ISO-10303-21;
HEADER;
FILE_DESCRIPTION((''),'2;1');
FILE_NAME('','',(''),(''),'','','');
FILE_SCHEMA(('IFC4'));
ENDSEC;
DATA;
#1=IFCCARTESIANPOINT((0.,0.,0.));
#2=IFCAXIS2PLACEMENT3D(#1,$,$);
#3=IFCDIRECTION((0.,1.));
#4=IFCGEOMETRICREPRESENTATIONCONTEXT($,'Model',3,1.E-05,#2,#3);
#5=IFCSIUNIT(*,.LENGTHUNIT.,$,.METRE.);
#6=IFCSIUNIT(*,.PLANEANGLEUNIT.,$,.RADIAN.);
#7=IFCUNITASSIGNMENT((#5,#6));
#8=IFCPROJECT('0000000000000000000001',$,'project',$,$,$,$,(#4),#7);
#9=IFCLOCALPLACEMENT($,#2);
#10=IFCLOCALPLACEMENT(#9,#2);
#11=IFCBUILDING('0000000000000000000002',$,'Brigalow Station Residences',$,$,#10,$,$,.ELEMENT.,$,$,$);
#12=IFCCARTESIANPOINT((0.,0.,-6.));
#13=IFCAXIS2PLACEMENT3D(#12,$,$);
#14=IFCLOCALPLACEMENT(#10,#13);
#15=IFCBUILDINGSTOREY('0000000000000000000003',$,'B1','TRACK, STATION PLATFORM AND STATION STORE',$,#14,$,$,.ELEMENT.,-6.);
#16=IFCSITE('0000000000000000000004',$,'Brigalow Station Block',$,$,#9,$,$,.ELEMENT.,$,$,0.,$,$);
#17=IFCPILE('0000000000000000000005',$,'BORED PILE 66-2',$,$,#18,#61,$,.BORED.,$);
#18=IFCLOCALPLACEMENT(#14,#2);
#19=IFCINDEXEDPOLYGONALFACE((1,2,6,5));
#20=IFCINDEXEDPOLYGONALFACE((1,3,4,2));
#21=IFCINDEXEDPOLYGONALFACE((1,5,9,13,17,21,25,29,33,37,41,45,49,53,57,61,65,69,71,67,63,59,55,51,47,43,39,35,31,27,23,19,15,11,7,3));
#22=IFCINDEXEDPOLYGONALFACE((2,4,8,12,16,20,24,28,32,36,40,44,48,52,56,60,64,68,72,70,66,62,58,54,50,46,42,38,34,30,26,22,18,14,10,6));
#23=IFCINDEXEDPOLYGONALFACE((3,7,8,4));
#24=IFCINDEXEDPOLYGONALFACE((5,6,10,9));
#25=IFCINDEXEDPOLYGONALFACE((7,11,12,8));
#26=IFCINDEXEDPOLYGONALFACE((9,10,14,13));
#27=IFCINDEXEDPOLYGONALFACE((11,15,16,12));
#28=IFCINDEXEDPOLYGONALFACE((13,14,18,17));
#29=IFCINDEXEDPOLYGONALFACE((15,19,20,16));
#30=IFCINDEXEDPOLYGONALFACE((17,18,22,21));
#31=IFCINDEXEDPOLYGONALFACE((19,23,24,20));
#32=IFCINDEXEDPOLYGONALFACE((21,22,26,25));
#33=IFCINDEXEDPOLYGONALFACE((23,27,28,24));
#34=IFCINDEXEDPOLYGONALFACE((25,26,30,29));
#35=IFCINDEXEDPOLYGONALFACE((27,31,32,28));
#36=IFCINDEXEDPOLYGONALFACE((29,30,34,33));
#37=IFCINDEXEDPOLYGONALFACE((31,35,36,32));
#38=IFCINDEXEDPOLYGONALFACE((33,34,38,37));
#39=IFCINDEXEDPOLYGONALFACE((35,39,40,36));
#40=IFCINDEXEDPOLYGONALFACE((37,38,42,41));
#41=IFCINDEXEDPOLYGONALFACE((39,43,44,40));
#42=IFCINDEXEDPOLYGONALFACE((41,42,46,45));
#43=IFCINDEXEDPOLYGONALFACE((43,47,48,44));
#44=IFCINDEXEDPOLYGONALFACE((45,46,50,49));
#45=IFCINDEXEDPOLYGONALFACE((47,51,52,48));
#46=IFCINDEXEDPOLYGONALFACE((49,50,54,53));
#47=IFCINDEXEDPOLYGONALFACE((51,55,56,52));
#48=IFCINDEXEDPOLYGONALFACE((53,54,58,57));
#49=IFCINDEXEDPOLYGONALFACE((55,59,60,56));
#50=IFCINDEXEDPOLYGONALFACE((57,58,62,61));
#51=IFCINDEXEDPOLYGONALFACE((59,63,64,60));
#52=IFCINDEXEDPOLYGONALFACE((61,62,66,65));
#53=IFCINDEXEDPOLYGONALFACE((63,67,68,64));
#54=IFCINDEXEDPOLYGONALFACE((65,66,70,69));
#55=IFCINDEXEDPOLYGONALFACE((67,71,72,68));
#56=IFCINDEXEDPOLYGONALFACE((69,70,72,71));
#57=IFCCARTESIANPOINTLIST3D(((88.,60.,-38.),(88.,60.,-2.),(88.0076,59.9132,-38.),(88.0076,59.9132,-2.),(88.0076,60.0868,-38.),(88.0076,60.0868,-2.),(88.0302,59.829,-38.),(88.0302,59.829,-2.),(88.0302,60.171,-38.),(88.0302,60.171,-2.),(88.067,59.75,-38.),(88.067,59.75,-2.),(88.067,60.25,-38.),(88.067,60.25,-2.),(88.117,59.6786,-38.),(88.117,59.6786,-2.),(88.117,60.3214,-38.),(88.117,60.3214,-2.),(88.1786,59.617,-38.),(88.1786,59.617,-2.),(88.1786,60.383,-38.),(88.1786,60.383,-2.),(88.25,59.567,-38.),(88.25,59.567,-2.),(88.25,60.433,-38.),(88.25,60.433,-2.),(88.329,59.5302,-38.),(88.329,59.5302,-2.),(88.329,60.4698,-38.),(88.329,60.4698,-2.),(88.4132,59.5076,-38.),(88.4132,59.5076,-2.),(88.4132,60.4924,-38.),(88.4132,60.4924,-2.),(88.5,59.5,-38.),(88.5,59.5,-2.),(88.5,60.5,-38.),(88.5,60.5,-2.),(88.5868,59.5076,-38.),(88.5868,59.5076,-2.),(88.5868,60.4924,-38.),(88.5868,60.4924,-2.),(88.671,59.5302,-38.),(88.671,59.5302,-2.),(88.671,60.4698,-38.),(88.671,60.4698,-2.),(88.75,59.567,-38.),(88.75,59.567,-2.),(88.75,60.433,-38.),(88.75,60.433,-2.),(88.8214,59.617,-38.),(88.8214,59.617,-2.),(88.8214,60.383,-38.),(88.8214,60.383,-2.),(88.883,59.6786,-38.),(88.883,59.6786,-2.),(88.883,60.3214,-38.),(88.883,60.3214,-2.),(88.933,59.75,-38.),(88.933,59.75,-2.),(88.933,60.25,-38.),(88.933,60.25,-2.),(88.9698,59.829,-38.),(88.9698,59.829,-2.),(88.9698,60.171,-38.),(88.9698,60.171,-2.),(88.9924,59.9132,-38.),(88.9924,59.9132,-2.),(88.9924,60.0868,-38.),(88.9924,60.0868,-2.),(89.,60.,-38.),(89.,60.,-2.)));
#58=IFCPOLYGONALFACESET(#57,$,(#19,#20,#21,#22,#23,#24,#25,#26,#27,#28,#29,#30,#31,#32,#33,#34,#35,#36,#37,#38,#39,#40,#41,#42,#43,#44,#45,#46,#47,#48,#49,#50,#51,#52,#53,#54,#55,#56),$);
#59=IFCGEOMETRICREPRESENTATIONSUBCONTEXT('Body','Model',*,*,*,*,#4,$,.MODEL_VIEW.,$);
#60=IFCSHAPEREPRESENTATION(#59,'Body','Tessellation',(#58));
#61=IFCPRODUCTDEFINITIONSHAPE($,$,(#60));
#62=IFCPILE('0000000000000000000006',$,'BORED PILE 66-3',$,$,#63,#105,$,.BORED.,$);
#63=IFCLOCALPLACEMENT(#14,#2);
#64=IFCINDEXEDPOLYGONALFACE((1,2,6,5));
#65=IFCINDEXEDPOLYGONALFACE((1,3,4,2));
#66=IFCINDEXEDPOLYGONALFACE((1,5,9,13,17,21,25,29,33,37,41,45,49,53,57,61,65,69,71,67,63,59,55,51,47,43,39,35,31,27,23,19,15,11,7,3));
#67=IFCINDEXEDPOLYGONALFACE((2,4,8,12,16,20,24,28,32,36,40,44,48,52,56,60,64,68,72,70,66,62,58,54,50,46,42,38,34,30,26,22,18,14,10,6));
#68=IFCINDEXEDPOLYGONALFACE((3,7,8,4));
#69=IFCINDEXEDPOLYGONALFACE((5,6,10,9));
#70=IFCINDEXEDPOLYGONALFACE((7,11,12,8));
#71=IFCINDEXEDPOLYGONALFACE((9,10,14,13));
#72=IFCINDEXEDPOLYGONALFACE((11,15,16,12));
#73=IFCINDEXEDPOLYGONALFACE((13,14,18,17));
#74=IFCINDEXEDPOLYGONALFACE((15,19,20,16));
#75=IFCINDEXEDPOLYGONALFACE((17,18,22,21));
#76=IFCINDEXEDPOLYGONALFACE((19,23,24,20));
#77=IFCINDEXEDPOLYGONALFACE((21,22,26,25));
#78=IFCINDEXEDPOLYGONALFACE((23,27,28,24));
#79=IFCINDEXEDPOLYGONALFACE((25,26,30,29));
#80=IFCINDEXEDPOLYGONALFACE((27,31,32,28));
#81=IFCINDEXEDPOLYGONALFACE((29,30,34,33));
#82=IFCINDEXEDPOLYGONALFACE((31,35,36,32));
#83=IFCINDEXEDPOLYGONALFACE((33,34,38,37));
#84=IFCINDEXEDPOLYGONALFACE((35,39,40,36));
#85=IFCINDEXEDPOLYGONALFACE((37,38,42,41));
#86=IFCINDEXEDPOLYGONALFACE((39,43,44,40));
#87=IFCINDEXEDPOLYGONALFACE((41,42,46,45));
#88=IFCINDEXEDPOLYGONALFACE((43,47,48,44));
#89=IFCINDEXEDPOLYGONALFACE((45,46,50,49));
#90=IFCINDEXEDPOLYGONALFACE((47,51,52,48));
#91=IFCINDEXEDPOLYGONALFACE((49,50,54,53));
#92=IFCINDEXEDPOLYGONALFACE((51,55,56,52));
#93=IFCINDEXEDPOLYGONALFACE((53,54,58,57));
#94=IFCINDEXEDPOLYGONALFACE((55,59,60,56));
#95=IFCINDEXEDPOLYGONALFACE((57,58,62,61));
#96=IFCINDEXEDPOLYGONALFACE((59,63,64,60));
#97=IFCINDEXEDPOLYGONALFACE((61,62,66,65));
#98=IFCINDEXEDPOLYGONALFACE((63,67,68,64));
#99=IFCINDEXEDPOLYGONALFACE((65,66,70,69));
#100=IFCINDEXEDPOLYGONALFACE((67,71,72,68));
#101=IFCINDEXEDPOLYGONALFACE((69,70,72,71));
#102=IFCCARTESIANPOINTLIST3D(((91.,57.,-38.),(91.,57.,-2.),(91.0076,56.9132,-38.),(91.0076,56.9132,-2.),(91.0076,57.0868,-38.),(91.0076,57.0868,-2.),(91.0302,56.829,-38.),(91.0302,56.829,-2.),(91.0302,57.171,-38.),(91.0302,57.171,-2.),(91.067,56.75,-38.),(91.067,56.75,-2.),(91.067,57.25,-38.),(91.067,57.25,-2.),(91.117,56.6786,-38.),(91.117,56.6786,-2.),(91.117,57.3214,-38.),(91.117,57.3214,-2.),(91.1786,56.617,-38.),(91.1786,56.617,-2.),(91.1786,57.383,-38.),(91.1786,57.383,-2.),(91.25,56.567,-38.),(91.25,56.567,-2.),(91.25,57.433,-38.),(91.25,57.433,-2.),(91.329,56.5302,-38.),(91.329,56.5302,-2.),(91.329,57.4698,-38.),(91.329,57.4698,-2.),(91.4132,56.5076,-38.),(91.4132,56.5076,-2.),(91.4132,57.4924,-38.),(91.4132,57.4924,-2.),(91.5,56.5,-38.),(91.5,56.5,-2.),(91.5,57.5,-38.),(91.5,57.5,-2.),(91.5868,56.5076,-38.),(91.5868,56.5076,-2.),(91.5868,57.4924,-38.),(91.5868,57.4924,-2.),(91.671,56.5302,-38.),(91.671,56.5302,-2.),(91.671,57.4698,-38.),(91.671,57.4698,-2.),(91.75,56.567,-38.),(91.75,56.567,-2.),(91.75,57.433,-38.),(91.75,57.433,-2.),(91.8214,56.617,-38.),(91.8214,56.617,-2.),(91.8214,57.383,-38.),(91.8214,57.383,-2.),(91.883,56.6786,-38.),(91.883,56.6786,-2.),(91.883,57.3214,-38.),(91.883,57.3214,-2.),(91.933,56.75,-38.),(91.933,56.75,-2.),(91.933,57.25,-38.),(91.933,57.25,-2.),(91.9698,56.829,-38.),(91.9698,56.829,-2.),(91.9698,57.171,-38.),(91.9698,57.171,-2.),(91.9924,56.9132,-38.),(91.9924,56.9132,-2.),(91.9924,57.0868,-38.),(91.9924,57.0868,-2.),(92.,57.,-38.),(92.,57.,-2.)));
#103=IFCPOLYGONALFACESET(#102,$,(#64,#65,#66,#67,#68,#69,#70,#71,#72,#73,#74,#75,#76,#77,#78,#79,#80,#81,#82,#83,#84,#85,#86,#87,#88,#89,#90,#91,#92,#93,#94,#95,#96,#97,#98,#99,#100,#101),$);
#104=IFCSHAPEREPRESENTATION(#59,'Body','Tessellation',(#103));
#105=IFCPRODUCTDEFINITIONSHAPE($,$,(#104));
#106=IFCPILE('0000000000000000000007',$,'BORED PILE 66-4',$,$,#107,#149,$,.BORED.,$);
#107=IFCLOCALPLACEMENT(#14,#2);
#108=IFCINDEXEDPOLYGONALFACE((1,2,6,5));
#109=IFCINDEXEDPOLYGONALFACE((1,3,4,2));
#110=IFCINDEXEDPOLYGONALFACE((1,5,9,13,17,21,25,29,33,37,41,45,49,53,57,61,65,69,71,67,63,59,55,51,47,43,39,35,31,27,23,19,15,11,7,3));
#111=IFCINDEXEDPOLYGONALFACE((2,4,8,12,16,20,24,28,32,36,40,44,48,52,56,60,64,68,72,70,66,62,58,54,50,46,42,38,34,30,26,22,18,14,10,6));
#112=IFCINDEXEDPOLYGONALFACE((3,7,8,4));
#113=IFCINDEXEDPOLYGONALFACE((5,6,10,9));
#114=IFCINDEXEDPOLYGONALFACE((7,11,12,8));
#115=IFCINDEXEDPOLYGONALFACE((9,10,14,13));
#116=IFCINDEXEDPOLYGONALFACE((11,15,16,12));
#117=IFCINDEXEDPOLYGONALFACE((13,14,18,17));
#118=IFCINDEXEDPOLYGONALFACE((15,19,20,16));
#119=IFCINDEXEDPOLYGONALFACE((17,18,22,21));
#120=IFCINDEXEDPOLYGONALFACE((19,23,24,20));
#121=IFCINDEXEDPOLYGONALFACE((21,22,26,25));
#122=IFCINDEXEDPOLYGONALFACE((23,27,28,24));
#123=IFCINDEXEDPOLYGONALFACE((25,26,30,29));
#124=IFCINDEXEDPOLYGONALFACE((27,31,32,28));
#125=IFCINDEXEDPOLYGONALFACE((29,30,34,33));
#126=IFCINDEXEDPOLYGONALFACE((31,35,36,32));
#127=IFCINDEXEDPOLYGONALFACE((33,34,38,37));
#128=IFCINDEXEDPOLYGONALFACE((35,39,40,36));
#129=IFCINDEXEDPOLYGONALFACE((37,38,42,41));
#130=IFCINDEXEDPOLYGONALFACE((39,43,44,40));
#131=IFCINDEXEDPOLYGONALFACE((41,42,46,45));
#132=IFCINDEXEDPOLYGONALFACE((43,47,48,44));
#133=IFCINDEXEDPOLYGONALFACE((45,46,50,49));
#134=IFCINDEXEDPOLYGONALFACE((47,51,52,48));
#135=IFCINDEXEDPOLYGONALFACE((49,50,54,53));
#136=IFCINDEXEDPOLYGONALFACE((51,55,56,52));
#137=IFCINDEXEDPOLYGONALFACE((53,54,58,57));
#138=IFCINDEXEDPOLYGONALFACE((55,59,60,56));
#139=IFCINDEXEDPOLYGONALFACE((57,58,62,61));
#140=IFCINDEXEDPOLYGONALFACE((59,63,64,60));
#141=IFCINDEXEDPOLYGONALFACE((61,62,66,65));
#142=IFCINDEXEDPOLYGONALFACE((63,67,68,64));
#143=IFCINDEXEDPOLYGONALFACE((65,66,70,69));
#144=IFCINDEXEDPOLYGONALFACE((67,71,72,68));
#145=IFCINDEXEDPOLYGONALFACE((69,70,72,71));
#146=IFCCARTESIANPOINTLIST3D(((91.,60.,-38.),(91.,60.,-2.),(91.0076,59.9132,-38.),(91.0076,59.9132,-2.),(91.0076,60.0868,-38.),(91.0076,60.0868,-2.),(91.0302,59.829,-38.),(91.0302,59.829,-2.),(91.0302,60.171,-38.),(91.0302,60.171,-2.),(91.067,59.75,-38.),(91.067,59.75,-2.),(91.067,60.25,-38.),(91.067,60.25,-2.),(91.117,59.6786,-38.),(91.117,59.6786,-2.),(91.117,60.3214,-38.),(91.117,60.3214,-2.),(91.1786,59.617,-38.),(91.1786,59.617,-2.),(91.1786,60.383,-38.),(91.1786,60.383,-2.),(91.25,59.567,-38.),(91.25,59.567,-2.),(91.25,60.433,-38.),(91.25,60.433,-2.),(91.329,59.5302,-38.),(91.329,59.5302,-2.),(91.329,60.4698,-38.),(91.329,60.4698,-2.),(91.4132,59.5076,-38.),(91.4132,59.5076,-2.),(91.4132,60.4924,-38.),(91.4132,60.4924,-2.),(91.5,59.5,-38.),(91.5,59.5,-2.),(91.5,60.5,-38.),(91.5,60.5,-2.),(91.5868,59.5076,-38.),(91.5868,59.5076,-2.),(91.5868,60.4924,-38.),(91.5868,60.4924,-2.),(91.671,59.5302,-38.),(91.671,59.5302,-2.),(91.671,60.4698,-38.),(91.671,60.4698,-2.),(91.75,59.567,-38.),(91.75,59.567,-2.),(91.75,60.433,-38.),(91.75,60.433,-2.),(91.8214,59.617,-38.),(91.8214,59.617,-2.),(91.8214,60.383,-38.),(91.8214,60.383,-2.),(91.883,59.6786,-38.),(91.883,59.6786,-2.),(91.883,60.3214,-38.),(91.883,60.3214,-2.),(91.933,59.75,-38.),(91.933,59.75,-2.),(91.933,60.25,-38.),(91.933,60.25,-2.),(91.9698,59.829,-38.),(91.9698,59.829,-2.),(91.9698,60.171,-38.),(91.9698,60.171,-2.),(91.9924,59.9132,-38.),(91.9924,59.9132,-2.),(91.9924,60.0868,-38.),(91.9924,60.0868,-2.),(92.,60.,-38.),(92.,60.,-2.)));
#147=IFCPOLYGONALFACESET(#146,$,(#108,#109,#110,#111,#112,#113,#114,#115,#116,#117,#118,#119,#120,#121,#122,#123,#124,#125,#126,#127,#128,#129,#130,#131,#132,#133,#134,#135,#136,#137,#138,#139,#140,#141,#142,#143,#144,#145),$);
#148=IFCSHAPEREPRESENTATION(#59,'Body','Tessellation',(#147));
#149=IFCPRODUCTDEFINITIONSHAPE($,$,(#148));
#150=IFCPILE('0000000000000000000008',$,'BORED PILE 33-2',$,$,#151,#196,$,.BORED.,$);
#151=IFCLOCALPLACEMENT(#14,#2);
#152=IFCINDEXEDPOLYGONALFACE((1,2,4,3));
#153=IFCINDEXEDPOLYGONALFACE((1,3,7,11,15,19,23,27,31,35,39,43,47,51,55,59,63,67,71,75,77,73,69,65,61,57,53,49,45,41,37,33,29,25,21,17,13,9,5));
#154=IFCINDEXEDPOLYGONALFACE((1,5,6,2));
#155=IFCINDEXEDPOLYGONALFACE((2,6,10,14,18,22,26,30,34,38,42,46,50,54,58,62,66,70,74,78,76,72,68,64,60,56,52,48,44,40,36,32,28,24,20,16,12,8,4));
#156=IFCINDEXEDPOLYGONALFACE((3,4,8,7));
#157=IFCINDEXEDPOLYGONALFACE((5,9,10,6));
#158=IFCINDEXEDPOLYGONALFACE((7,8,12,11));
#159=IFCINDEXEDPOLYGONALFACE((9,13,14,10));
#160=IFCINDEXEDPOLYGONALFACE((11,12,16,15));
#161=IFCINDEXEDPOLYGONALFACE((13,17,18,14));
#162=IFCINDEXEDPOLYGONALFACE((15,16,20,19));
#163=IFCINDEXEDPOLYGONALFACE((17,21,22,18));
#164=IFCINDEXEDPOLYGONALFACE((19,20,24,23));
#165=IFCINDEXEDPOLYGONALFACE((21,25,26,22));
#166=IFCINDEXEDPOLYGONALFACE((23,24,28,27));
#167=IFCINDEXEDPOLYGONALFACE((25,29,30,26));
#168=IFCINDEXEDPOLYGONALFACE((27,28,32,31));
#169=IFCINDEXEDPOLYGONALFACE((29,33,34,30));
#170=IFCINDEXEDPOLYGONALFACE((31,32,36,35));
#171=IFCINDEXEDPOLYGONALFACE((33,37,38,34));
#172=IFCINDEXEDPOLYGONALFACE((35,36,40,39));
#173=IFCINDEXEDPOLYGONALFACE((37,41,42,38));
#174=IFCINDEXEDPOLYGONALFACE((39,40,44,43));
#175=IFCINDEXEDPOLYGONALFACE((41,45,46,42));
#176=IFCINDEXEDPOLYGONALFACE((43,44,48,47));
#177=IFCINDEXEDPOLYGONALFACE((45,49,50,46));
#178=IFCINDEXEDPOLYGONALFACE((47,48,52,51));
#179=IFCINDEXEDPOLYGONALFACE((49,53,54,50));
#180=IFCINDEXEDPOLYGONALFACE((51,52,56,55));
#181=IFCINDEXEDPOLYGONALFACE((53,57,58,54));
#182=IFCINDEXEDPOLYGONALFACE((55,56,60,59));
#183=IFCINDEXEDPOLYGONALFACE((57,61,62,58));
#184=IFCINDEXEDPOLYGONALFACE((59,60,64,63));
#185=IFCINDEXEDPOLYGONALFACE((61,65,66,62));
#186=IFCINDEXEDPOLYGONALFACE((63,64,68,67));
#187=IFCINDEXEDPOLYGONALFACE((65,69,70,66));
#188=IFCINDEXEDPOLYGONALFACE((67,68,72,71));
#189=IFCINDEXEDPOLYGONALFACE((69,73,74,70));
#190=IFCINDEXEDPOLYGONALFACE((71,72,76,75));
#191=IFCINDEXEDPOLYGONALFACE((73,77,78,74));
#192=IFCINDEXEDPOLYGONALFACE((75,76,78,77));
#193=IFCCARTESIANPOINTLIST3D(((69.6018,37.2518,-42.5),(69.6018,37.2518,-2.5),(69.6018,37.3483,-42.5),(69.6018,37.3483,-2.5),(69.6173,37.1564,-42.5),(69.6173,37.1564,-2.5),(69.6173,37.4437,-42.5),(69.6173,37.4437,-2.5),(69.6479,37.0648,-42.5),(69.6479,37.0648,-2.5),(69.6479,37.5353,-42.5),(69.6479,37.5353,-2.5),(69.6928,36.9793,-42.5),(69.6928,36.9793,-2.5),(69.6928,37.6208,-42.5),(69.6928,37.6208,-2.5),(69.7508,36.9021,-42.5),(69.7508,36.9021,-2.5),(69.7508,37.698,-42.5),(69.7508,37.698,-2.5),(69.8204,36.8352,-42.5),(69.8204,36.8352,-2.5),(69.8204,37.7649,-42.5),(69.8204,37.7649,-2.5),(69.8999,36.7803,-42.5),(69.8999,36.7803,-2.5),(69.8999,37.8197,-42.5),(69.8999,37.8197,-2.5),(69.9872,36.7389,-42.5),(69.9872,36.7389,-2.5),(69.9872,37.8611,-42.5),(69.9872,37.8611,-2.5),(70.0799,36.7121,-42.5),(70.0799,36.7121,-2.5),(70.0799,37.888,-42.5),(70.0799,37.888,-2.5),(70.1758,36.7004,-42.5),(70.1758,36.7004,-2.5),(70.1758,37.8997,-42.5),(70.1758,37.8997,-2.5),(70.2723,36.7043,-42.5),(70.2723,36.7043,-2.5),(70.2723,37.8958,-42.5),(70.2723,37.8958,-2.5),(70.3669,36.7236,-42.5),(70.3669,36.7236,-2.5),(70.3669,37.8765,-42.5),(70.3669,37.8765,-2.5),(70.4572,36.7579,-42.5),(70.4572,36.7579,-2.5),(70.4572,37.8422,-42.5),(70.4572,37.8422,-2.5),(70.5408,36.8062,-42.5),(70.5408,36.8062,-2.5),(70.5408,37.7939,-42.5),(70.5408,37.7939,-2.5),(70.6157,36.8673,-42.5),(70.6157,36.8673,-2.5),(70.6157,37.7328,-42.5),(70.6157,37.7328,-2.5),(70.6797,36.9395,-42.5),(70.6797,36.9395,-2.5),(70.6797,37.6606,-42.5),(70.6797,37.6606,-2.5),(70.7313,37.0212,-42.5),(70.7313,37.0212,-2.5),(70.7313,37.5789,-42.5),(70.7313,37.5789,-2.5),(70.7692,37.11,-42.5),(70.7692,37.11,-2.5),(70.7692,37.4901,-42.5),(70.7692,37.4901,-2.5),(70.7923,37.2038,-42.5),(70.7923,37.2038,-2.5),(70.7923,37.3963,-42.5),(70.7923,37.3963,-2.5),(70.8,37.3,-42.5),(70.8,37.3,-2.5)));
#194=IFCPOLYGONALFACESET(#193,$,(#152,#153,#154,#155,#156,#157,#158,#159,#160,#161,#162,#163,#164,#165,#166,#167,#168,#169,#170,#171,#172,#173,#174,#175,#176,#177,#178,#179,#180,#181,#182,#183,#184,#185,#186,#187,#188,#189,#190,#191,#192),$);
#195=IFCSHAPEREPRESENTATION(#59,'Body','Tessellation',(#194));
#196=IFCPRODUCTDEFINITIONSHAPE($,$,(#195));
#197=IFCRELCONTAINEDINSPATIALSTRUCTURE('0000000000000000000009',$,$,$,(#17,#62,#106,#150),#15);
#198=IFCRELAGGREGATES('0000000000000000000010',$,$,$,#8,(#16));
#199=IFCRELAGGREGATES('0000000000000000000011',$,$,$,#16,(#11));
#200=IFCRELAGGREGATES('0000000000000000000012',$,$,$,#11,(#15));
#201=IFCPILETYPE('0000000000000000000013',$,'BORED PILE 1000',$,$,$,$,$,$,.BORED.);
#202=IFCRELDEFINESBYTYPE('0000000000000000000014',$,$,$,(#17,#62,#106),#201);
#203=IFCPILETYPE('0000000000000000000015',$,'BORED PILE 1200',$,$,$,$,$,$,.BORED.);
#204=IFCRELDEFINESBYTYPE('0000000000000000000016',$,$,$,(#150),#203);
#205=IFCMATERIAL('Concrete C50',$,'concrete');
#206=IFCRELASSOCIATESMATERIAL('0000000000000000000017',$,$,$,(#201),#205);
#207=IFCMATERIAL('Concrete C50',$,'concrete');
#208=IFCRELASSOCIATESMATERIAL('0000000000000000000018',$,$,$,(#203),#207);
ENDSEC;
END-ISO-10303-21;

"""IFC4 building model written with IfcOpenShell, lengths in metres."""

from ifc_helpers import new_model, si_unit, direction, frame, origin, origin_2d, place, context, subcontext, project, spatial, circle, extrude, material, material_profile, profile_set, type_object, element, save


model = new_model("IFC4")

# Units and contexts
model_context = context("Model", 3, precision=1e-05, world=origin(), true_north=direction((0.0, 1.0)))
body_context = subcontext(model_context, "Body", "Model", "MODEL_VIEW")
ifc_project = project(units=[si_unit("LENGTHUNIT", "METRE"), si_unit("PLANEANGLEUNIT", "RADIAN")], contexts=[model_context])

# Site, building, storey
site_placement = place(None, origin())
site = spatial("IfcSite", under=ifc_project, at=site_placement, Name="Brigalow Station Block", CompositionType="ELEMENT", RefElevation=0.0)
building_placement = place(site_placement, origin())
building = spatial("IfcBuilding", under=site, at=building_placement, Name="Brigalow Station Residences", CompositionType="ELEMENT")
storey_placement = place(building_placement, frame((0.0, 0.0, -6.0)))
storey = spatial("IfcBuildingStorey", under=building, at=storey_placement, Name="B1", Description="TRACK, STATION PLATFORM AND STATION STORE", CompositionType="ELEMENT", Elevation=-6.0)

# Piles
ifc_material_1 = material(Name="Concrete C50", Category="concrete")
ifc_material_profile_1 = material_profile(ifc_material_1, circle(Radius=0.5, at=origin_2d()), Name="BP1000")
ifc_profile_set_1 = profile_set([ifc_material_profile_1], Name="Concrete C50")
pile_type_1 = type_object("IfcPileType", Name="BORED PILE 1000", PredefinedType="BORED", material=ifc_profile_set_1)
for number, where, z_axis, x_axis, name in (
    (1, (88.5, 60.0, -2.0), (0.0, 0.0, -1.0), (1.0, 0.0, 0.0), "BORED PILE 66-2"),
    (2, (91.5, 57.0, -2.0), (0.0, 0.0, -1.0), (1.0, 0.0, 0.0), "BORED PILE 66-3"),
    (3, (91.5, 60.0, -2.0), (0.0, 0.0, -1.0), (1.0, 0.0, 0.0), "BORED PILE 66-4"),
):
    element("IfcPile", number, at=place(storey_placement, frame(where, z_axis=z_axis, x_axis=x_axis)), inside=storey, type_object=pile_type_1, Name=name, PredefinedType="BORED", context=body_context, shape_type="SweptSolid", body=[
        extrude(circle(Radius=0.5, at=origin_2d()), origin(), (0.0, 0.0, 1.0), 36.0),
    ])
ifc_material_2 = material(Name="Concrete C50", Category="concrete")
ifc_material_profile_2 = material_profile(ifc_material_2, circle(Radius=0.6001, at=origin_2d()), Name="BP1200")
ifc_profile_set_2 = profile_set([ifc_material_profile_2], Name="Concrete C50")
pile_type_2 = type_object("IfcPileType", Name="BORED PILE 1200", PredefinedType="BORED", material=ifc_profile_set_2)
for number, where, z_axis, x_axis, name in (
    (4, (70.2, 37.3, -2.5), (0.0, 0.0, -1.0), (1.0, 0.0, 0.0), "BORED PILE 33-2"),
):
    element("IfcPile", number, at=place(storey_placement, frame(where, z_axis=z_axis, x_axis=x_axis)), inside=storey, type_object=pile_type_2, Name=name, PredefinedType="BORED", context=body_context, shape_type="SweptSolid", body=[
        extrude(circle(Radius=0.6001, at=origin_2d()), origin(), (0.0, 0.0, 1.0), 40.0),
    ])

save(model, "model.ifc")
